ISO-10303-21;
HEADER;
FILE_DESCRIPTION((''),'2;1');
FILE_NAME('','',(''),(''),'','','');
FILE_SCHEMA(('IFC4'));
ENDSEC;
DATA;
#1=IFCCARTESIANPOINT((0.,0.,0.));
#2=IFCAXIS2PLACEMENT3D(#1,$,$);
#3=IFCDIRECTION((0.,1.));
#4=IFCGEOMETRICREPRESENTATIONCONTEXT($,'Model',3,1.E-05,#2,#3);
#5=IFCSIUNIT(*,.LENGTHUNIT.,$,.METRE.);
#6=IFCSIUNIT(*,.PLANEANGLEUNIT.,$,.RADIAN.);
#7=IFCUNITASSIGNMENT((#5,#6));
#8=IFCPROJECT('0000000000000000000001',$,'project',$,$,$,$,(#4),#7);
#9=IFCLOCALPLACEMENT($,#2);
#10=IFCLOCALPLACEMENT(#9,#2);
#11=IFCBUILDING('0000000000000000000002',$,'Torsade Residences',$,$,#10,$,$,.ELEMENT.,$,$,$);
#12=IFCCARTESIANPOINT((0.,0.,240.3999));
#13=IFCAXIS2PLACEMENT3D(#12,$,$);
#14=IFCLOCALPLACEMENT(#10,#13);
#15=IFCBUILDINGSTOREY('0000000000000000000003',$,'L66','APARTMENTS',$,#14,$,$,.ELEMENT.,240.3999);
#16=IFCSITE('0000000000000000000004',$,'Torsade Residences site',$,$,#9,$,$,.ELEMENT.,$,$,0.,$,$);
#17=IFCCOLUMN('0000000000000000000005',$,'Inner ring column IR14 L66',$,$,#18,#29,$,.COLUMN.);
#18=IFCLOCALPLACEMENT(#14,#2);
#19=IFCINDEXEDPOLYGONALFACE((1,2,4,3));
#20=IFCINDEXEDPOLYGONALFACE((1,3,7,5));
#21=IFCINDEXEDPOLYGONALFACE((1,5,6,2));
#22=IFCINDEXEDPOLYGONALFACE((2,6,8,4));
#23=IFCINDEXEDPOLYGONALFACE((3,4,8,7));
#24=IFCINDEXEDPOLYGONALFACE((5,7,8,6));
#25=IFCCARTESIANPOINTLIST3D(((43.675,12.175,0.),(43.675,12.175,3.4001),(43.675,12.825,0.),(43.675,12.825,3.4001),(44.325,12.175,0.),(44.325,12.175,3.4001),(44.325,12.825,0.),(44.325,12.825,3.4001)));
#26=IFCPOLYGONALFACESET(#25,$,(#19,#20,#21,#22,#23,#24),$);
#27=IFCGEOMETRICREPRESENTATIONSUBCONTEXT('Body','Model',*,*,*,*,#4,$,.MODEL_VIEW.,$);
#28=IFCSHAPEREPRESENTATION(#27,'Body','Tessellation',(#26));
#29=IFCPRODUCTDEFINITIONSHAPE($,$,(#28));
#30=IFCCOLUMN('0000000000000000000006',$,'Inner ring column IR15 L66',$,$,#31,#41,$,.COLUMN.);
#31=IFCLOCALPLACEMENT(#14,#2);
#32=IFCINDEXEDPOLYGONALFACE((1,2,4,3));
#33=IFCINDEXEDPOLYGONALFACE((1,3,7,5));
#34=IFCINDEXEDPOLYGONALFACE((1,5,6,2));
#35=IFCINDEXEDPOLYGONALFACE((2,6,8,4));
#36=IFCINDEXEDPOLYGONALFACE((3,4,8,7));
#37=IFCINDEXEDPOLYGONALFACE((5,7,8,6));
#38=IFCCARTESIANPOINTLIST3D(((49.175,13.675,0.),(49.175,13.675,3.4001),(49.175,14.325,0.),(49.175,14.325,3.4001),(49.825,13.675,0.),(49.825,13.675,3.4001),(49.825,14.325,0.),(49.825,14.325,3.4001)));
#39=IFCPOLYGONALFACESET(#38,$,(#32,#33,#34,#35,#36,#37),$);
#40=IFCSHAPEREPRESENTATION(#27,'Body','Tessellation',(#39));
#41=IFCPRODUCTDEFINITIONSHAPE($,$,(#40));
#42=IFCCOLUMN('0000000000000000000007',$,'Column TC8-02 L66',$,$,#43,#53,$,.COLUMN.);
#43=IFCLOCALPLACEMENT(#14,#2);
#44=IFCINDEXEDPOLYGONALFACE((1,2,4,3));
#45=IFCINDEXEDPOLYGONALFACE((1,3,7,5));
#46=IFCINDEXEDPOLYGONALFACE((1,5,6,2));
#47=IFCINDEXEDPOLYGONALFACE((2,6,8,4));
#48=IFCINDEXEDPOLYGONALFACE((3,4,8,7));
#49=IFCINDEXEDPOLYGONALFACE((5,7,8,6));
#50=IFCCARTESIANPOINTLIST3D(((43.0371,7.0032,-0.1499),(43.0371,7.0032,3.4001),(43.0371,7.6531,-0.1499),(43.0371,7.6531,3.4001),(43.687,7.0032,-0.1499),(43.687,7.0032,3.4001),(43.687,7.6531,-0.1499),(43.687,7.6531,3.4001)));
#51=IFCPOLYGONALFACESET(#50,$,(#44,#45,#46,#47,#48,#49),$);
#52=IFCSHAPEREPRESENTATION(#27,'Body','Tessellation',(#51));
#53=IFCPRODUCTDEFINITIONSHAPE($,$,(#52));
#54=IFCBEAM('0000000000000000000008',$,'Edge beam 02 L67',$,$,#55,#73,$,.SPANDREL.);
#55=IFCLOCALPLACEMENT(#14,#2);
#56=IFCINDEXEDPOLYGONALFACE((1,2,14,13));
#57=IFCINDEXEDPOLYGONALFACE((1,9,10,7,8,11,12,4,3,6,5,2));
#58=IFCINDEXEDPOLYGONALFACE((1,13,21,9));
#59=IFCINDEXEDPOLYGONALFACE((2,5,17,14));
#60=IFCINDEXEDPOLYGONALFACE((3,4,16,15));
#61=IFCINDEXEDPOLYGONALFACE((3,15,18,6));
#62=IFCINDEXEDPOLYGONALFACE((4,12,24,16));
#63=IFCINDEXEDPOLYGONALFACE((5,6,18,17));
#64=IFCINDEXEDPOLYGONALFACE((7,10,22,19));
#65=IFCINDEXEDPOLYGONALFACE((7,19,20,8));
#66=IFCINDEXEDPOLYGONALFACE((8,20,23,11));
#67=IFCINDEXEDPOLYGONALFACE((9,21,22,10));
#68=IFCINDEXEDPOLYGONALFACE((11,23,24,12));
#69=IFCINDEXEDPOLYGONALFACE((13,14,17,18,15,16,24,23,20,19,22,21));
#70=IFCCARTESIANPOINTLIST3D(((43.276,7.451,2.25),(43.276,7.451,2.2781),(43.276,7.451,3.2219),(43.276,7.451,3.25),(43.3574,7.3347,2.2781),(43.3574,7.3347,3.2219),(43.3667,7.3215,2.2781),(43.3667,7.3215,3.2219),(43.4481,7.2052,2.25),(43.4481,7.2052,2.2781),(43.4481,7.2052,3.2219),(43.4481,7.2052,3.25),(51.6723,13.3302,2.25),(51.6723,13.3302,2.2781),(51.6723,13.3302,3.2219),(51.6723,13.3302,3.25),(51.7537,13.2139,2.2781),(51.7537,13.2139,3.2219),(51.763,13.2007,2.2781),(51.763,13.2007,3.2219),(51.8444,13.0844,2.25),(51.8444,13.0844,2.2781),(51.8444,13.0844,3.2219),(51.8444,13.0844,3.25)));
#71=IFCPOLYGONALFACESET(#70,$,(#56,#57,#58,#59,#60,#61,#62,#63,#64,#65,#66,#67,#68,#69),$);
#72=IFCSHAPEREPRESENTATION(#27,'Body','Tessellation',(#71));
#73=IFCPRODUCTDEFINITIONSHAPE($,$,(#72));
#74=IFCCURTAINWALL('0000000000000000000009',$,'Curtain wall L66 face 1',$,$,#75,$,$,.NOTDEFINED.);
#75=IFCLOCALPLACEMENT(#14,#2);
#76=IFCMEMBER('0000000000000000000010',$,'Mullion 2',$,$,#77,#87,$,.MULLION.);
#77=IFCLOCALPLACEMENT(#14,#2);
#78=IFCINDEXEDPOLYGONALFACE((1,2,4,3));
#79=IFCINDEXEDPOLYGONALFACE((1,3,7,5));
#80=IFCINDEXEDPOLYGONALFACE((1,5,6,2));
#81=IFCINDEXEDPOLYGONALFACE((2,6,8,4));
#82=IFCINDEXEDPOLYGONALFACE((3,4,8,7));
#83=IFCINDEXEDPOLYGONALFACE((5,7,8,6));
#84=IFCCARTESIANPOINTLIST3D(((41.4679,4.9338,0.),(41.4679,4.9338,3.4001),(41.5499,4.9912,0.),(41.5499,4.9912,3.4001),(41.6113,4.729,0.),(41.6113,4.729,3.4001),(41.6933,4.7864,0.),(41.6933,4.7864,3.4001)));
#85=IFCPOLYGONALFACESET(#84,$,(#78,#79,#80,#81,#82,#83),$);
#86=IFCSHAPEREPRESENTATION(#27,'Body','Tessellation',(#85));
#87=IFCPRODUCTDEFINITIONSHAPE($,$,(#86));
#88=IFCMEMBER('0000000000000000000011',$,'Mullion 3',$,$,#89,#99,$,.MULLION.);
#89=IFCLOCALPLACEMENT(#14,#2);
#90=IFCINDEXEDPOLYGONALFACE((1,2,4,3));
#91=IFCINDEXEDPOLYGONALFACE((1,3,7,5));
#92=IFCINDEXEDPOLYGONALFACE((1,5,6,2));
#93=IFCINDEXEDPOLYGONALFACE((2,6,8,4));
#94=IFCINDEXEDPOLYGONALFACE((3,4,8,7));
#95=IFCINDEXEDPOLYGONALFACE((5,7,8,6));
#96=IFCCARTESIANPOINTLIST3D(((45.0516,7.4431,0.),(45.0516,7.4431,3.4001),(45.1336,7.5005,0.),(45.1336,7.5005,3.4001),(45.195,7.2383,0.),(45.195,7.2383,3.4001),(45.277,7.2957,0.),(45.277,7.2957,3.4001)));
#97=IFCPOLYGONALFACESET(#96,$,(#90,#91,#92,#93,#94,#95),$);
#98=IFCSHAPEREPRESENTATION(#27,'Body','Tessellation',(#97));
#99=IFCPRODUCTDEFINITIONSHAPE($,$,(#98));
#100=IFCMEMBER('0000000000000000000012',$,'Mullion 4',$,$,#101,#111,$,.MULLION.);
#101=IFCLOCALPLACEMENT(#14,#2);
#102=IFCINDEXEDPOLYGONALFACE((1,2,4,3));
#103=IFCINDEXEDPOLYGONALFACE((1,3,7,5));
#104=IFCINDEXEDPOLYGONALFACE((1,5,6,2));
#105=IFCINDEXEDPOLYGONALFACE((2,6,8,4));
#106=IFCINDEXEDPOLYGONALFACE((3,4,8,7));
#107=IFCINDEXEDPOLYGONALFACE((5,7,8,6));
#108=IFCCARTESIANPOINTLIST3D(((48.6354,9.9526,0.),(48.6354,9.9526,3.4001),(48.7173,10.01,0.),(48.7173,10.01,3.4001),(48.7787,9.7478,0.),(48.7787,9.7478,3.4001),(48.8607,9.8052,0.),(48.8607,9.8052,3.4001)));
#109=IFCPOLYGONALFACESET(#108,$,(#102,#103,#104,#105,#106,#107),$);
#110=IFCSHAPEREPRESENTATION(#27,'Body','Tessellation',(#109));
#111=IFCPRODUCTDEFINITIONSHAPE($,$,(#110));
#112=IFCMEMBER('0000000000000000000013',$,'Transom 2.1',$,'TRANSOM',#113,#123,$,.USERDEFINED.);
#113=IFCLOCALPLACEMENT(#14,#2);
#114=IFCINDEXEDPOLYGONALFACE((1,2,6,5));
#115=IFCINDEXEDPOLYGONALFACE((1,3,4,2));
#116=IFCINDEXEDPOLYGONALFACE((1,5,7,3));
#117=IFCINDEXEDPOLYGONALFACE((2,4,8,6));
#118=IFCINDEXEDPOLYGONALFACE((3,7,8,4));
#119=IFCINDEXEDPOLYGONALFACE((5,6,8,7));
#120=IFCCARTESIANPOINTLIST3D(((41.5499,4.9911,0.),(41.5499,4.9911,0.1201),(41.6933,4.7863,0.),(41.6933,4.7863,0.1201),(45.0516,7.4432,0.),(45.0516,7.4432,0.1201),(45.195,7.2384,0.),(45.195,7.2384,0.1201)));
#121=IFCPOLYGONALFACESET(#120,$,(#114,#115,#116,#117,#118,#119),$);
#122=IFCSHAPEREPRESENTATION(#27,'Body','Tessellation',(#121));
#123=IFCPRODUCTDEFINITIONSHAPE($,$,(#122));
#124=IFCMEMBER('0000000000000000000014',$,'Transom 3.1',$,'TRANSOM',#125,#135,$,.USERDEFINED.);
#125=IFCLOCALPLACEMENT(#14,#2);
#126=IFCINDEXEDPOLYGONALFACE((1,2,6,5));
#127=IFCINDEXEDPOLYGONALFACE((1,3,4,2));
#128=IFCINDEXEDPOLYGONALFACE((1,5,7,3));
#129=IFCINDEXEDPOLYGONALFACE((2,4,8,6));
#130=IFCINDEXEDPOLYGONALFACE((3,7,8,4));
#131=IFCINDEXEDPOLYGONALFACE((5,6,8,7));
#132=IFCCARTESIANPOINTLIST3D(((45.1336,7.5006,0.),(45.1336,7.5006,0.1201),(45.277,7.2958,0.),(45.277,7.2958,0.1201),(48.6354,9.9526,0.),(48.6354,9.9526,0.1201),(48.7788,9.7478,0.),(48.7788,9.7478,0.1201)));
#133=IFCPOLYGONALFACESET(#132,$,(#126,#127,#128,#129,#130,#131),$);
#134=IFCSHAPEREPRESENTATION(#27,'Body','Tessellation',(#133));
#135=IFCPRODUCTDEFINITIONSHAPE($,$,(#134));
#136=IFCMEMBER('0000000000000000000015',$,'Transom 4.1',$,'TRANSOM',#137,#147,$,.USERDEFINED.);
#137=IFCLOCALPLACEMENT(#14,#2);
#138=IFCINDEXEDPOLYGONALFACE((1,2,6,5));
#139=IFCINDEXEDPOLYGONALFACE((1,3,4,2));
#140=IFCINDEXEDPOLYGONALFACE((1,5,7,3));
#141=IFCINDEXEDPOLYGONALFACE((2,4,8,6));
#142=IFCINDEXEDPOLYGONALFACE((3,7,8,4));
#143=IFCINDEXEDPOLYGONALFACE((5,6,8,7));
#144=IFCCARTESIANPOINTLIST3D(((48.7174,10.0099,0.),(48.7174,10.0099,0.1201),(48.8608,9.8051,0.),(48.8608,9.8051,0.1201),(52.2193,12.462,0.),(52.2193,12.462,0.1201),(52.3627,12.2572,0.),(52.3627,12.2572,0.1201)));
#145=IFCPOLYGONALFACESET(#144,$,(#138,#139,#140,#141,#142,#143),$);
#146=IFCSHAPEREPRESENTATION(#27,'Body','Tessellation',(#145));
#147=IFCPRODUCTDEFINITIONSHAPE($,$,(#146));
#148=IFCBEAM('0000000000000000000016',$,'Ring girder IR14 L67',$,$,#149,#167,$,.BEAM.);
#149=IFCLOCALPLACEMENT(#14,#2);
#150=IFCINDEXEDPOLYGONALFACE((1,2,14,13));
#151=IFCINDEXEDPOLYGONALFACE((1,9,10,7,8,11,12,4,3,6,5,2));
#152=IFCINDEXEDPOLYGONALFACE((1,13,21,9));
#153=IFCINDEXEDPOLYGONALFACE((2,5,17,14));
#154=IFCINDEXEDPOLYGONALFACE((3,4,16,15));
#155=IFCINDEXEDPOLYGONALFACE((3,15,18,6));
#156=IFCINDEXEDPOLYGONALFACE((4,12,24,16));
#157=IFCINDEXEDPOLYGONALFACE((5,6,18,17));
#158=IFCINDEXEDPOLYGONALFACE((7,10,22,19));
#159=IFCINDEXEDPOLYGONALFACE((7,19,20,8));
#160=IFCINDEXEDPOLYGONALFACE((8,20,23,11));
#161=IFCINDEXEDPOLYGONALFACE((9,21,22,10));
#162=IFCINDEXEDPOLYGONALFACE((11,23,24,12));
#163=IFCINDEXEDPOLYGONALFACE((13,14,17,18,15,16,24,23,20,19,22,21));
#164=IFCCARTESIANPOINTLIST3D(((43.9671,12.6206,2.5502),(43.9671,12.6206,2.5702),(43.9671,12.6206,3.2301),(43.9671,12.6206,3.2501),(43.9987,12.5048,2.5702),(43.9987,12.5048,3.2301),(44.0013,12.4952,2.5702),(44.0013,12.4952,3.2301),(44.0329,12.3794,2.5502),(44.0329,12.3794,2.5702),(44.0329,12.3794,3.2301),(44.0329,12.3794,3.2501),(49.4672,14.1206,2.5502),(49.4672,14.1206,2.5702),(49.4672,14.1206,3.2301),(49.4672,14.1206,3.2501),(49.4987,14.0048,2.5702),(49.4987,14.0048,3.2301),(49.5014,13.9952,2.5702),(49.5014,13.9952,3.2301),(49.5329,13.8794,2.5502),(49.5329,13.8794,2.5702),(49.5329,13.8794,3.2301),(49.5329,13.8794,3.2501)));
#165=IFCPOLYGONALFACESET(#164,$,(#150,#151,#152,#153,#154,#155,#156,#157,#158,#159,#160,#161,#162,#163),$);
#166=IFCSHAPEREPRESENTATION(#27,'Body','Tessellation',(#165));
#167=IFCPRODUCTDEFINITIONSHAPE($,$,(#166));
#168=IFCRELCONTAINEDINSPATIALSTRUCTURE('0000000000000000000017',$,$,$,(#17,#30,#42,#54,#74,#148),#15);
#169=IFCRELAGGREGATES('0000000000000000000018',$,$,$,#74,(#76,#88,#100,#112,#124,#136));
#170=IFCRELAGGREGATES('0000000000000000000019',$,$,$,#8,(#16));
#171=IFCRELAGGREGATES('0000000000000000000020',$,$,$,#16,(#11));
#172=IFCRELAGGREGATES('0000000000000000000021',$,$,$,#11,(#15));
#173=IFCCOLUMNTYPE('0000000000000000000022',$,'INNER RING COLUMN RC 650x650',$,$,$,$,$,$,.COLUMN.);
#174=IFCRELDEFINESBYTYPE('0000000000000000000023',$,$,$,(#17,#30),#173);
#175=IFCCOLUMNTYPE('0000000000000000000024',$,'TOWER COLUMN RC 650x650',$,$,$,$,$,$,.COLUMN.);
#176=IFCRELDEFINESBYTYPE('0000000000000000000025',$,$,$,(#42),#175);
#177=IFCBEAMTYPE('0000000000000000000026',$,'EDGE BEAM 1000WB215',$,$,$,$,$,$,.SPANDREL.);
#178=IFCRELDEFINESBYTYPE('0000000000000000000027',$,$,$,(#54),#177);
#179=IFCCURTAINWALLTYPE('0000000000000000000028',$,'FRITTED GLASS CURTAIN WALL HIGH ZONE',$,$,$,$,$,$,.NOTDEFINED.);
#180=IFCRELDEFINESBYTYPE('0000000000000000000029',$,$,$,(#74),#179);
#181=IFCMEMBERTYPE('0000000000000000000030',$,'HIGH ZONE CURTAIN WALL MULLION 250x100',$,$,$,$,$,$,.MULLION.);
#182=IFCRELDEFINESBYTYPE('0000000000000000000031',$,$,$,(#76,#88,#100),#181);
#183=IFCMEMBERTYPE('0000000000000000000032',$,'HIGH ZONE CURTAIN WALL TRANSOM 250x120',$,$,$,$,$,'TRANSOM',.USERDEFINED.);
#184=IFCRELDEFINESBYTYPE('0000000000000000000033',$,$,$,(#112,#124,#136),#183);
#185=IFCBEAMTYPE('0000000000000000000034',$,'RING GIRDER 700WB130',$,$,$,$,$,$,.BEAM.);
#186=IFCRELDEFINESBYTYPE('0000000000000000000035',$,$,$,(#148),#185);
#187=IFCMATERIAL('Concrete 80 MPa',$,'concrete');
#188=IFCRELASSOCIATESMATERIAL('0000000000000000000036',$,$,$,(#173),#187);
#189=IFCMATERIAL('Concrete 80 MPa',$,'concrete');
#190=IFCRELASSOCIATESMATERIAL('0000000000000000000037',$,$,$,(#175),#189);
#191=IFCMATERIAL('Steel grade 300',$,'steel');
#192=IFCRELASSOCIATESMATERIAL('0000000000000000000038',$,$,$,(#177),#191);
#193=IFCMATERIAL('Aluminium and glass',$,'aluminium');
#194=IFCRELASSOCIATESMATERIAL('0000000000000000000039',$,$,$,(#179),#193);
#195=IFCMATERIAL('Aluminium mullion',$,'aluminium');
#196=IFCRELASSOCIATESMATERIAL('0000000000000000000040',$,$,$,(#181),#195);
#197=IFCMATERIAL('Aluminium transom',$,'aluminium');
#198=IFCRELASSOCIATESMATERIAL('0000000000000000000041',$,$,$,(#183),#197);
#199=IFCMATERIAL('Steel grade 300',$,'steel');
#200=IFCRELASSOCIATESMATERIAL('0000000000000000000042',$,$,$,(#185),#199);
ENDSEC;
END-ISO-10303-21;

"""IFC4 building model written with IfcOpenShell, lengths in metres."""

from ifc_helpers import new_model, si_unit, direction, frame, origin, origin_2d, place, context, subcontext, project, spatial, rectangle, i_section, extrude, material, material_profile, profile_set, type_object, element, aggregate, save


model = new_model("IFC4")

# Units and contexts
model_context = context("Model", 3, precision=1e-05, world=origin(), true_north=direction((0.0, 1.0)))
body_context = subcontext(model_context, "Body", "Model", "MODEL_VIEW")
ifc_project = project(units=[si_unit("LENGTHUNIT", "METRE"), si_unit("PLANEANGLEUNIT", "RADIAN")], contexts=[model_context])

# Site, building, storey
site_placement = place(None, origin())
site = spatial("IfcSite", under=ifc_project, at=site_placement, Name="Torsade Residences site", CompositionType="ELEMENT", RefElevation=0.0)
building_placement = place(site_placement, origin())
building = spatial("IfcBuilding", under=site, at=building_placement, Name="Torsade Residences", CompositionType="ELEMENT")
storey_placement = place(building_placement, frame((0.0, 0.0, 240.3999)))
storey = spatial("IfcBuildingStorey", under=building, at=storey_placement, Name="L66", Description="APARTMENTS", CompositionType="ELEMENT", Elevation=240.3999)

# Columns
ifc_material_1 = material(Name="Concrete 80 MPa", Category="concrete")
ifc_material_profile_1 = material_profile(ifc_material_1, rectangle(XDim=0.6499, YDim=0.6499, at=origin_2d()), Name="RC 650x650")
ifc_profile_set_1 = profile_set([ifc_material_profile_1], Name="Concrete 80 MPa")
column_type_1 = type_object("IfcColumnType", Name="INNER RING COLUMN RC 650x650", PredefinedType="COLUMN", material=ifc_profile_set_1)
for number, where, z_axis, x_axis, name in (
    (1, (44.0, 12.5, 0.0), (0.0, 0.0, 1.0), (1.0, 0.0, 0.0), "Inner ring column IR14 L66"),
    (2, (49.5, 14.0, 0.0), (0.0, 0.0, 1.0), (1.0, 0.0, 0.0), "Inner ring column IR15 L66"),
):
    element("IfcColumn", number, at=place(storey_placement, frame(where, z_axis=z_axis, x_axis=x_axis)), inside=storey, type_object=column_type_1, Name=name, PredefinedType="COLUMN", context=body_context, shape_type="SweptSolid", body=[
        extrude(rectangle(XDim=0.6499, YDim=0.6499, at=origin_2d()), origin(), (0.0, 0.0, 1.0), 3.4001),
    ])
ifc_material_2 = material(Name="Concrete 80 MPa", Category="concrete")
ifc_material_profile_2 = material_profile(ifc_material_2, rectangle(XDim=0.6499, YDim=0.6499, at=origin_2d()), Name="RC 650x650")
ifc_profile_set_2 = profile_set([ifc_material_profile_2], Name="Concrete 80 MPa")
column_type_2 = type_object("IfcColumnType", Name="TOWER COLUMN RC 650x650", PredefinedType="COLUMN", material=ifc_profile_set_2)
column_placement = place(storey_placement, frame((43.3621, 7.3281, -0.1499), z_axis=(0.0, 0.0, 1.0), x_axis=(1.0, 0.0, 0.0)))
element("IfcColumn", 3, at=column_placement, inside=storey, type_object=column_type_2, Name="Column TC8-02 L66", PredefinedType="COLUMN", context=body_context, shape_type="SweptSolid", body=[
    extrude(rectangle(XDim=0.6499, YDim=0.6499, at=origin_2d()), origin(), (0.0, 0.0, 1.0), 3.55),
])

# Beam
ifc_material_3 = material(Name="Steel grade 300", Category="steel")
ifc_material_profile_3 = material_profile(ifc_material_3, i_section(OverallWidth=0.3, OverallDepth=1.0, WebThickness=0.0161, FlangeThickness=0.0281, at=origin_2d()), Name="1000WB215")
ifc_profile_set_3 = profile_set([ifc_material_profile_3], Name="Steel grade 300")
beam_type_1 = type_object("IfcBeamType", Name="EDGE BEAM 1000WB215", PredefinedType="SPANDREL", material=ifc_profile_set_3)
beam_1_placement = place(storey_placement, frame((43.3621, 7.3281, 2.75), z_axis=(0.81915, 0.573579, 0.0), x_axis=(-0.573579, 0.81915, 0.0)))
element("IfcBeam", 4, at=beam_1_placement, inside=storey, type_object=beam_type_1, Name="Edge beam 02 L67", PredefinedType="SPANDREL", context=body_context, shape_type="SweptSolid", body=[
    extrude(i_section(OverallWidth=0.3, OverallDepth=1.0, WebThickness=0.0161, FlangeThickness=0.0281, at=origin_2d()), origin(), (0.0, 0.0, 1.0), 10.25),
])

# Curtain wall, members
ifc_material_4 = material(Name="Aluminium and glass", Category="aluminium")
curtain_wall_type = type_object("IfcCurtainWallType", Name="FRITTED GLASS CURTAIN WALL HIGH ZONE", PredefinedType="NOTDEFINED", material=ifc_material_4)
curtain_wall_placement = place(storey_placement, origin())
curtain_wall = element("IfcCurtainWall", 5, at=curtain_wall_placement, inside=storey, type_object=curtain_wall_type, Name="Curtain wall L66 face 1", PredefinedType="NOTDEFINED")
ifc_material_5 = material(Name="Aluminium mullion", Category="aluminium")
ifc_material_profile_4 = material_profile(ifc_material_5, rectangle(XDim=0.25, YDim=0.1001, at=origin_2d()), Name="HIGH ZONE CURTAIN WALL MULLION 250x100")
ifc_profile_set_4 = profile_set([ifc_material_profile_4], Name="Aluminium mullion")
member_type_1 = type_object("IfcMemberType", Name="HIGH ZONE CURTAIN WALL MULLION 250x100", PredefinedType="MULLION", material=ifc_profile_set_4)
member_1_placement = place(storey_placement, frame((41.5806, 4.8601, 0.0), z_axis=(0.0, 0.0, 1.0), x_axis=(-0.573576, 0.819152, 0.0)))
member_1 = element("IfcMember", 6, at=member_1_placement, type_object=member_type_1, Name="Mullion 2", PredefinedType="MULLION", context=body_context, shape_type="SweptSolid", body=[
    extrude(rectangle(XDim=0.25, YDim=0.1001, at=origin_2d()), origin(), (0.0, 0.0, 1.0), 3.4001),
])
member_2_placement = place(storey_placement, frame((45.1643, 7.3694, 0.0), z_axis=(0.0, 0.0, 1.0), x_axis=(-0.573576, 0.819152, 0.0)))
member_2 = element("IfcMember", 7, at=member_2_placement, type_object=member_type_1, Name="Mullion 3", PredefinedType="MULLION", context=body_context, shape_type="SweptSolid", body=[
    extrude(rectangle(XDim=0.25, YDim=0.1001, at=origin_2d()), origin(), (0.0, 0.0, 1.0), 3.4001),
])
member_3_placement = place(storey_placement, frame((48.748, 9.8789, 0.0), z_axis=(0.0, 0.0, 1.0), x_axis=(-0.573576, 0.819152, 0.0)))
member_3 = element("IfcMember", 8, at=member_3_placement, type_object=member_type_1, Name="Mullion 4", PredefinedType="MULLION", context=body_context, shape_type="SweptSolid", body=[
    extrude(rectangle(XDim=0.25, YDim=0.1001, at=origin_2d()), origin(), (0.0, 0.0, 1.0), 3.4001),
])
ifc_material_6 = material(Name="Aluminium transom", Category="aluminium")
ifc_material_profile_5 = material_profile(ifc_material_6, rectangle(XDim=0.25, YDim=0.1201, at=origin_2d()), Name="HIGH ZONE CURTAIN WALL TRANSOM 250x120")
ifc_profile_set_5 = profile_set([ifc_material_profile_5], Name="Aluminium transom")
member_type_2 = type_object("IfcMemberType", Name="HIGH ZONE CURTAIN WALL TRANSOM 250x120", ElementType="TRANSOM", PredefinedType="USERDEFINED", material=ifc_profile_set_5)
member_4_placement = place(storey_placement, frame((41.6216, 4.8887, 0.0601), z_axis=(0.819127, 0.573612, 0.0), x_axis=(-0.573612, 0.819127, 0.0)))
member_4 = element("IfcMember", 9, at=member_4_placement, type_object=member_type_2, Name="Transom 2.1", ObjectType="TRANSOM", PredefinedType="USERDEFINED", context=body_context, shape_type="SweptSolid", body=[
    extrude(rectangle(XDim=0.25, YDim=0.1201, at=origin_2d()), origin(), (0.0, 0.0, 1.0), 4.2749),
])
member_5_placement = place(storey_placement, frame((45.2053, 7.3982, 0.0601), z_axis=(0.819154, 0.573573, 0.0), x_axis=(-0.573573, 0.819154, 0.0)))
member_5 = element("IfcMember", 10, at=member_5_placement, type_object=member_type_2, Name="Transom 3.1", ObjectType="TRANSOM", PredefinedType="USERDEFINED", context=body_context, shape_type="SweptSolid", body=[
    extrude(rectangle(XDim=0.25, YDim=0.1201, at=origin_2d()), origin(), (0.0, 0.0, 1.0), 4.2749),
])
member_6_placement = place(storey_placement, frame((48.7891, 9.9075, 0.0601), z_axis=(0.819146, 0.573585, 0.0), x_axis=(-0.573585, 0.819146, 0.0)))
member_6 = element("IfcMember", 11, at=member_6_placement, type_object=member_type_2, Name="Transom 4.1", ObjectType="TRANSOM", PredefinedType="USERDEFINED", context=body_context, shape_type="SweptSolid", body=[
    extrude(rectangle(XDim=0.25, YDim=0.1201, at=origin_2d()), origin(), (0.0, 0.0, 1.0), 4.2751),
])

# Beam
ifc_material_7 = material(Name="Steel grade 300", Category="steel")
ifc_material_profile_6 = material_profile(ifc_material_7, i_section(OverallWidth=0.25, OverallDepth=0.7, WebThickness=0.01, FlangeThickness=0.02, at=origin_2d()), Name="700WB130")
ifc_profile_set_6 = profile_set([ifc_material_profile_6], Name="Steel grade 300")
beam_type_2 = type_object("IfcBeamType", Name="RING GIRDER 700WB130", PredefinedType="BEAM", material=ifc_profile_set_6)
beam_2_placement = place(storey_placement, frame((44.0, 12.5, 2.9001), z_axis=(0.964764, 0.263117, 0.0), x_axis=(-0.263117, 0.964764, 0.0)))
element("IfcBeam", 12, at=beam_2_placement, inside=storey, type_object=beam_type_2, Name="Ring girder IR14 L67", PredefinedType="BEAM", context=body_context, shape_type="SweptSolid", body=[
    extrude(i_section(OverallWidth=0.25, OverallDepth=0.7, WebThickness=0.01, FlangeThickness=0.02, at=origin_2d()), origin(), (0.0, 0.0, 1.0), 5.7009),
])

aggregate(curtain_wall, [member_1, member_2, member_3, member_4, member_5, member_6])

save(model, "model.ifc")
